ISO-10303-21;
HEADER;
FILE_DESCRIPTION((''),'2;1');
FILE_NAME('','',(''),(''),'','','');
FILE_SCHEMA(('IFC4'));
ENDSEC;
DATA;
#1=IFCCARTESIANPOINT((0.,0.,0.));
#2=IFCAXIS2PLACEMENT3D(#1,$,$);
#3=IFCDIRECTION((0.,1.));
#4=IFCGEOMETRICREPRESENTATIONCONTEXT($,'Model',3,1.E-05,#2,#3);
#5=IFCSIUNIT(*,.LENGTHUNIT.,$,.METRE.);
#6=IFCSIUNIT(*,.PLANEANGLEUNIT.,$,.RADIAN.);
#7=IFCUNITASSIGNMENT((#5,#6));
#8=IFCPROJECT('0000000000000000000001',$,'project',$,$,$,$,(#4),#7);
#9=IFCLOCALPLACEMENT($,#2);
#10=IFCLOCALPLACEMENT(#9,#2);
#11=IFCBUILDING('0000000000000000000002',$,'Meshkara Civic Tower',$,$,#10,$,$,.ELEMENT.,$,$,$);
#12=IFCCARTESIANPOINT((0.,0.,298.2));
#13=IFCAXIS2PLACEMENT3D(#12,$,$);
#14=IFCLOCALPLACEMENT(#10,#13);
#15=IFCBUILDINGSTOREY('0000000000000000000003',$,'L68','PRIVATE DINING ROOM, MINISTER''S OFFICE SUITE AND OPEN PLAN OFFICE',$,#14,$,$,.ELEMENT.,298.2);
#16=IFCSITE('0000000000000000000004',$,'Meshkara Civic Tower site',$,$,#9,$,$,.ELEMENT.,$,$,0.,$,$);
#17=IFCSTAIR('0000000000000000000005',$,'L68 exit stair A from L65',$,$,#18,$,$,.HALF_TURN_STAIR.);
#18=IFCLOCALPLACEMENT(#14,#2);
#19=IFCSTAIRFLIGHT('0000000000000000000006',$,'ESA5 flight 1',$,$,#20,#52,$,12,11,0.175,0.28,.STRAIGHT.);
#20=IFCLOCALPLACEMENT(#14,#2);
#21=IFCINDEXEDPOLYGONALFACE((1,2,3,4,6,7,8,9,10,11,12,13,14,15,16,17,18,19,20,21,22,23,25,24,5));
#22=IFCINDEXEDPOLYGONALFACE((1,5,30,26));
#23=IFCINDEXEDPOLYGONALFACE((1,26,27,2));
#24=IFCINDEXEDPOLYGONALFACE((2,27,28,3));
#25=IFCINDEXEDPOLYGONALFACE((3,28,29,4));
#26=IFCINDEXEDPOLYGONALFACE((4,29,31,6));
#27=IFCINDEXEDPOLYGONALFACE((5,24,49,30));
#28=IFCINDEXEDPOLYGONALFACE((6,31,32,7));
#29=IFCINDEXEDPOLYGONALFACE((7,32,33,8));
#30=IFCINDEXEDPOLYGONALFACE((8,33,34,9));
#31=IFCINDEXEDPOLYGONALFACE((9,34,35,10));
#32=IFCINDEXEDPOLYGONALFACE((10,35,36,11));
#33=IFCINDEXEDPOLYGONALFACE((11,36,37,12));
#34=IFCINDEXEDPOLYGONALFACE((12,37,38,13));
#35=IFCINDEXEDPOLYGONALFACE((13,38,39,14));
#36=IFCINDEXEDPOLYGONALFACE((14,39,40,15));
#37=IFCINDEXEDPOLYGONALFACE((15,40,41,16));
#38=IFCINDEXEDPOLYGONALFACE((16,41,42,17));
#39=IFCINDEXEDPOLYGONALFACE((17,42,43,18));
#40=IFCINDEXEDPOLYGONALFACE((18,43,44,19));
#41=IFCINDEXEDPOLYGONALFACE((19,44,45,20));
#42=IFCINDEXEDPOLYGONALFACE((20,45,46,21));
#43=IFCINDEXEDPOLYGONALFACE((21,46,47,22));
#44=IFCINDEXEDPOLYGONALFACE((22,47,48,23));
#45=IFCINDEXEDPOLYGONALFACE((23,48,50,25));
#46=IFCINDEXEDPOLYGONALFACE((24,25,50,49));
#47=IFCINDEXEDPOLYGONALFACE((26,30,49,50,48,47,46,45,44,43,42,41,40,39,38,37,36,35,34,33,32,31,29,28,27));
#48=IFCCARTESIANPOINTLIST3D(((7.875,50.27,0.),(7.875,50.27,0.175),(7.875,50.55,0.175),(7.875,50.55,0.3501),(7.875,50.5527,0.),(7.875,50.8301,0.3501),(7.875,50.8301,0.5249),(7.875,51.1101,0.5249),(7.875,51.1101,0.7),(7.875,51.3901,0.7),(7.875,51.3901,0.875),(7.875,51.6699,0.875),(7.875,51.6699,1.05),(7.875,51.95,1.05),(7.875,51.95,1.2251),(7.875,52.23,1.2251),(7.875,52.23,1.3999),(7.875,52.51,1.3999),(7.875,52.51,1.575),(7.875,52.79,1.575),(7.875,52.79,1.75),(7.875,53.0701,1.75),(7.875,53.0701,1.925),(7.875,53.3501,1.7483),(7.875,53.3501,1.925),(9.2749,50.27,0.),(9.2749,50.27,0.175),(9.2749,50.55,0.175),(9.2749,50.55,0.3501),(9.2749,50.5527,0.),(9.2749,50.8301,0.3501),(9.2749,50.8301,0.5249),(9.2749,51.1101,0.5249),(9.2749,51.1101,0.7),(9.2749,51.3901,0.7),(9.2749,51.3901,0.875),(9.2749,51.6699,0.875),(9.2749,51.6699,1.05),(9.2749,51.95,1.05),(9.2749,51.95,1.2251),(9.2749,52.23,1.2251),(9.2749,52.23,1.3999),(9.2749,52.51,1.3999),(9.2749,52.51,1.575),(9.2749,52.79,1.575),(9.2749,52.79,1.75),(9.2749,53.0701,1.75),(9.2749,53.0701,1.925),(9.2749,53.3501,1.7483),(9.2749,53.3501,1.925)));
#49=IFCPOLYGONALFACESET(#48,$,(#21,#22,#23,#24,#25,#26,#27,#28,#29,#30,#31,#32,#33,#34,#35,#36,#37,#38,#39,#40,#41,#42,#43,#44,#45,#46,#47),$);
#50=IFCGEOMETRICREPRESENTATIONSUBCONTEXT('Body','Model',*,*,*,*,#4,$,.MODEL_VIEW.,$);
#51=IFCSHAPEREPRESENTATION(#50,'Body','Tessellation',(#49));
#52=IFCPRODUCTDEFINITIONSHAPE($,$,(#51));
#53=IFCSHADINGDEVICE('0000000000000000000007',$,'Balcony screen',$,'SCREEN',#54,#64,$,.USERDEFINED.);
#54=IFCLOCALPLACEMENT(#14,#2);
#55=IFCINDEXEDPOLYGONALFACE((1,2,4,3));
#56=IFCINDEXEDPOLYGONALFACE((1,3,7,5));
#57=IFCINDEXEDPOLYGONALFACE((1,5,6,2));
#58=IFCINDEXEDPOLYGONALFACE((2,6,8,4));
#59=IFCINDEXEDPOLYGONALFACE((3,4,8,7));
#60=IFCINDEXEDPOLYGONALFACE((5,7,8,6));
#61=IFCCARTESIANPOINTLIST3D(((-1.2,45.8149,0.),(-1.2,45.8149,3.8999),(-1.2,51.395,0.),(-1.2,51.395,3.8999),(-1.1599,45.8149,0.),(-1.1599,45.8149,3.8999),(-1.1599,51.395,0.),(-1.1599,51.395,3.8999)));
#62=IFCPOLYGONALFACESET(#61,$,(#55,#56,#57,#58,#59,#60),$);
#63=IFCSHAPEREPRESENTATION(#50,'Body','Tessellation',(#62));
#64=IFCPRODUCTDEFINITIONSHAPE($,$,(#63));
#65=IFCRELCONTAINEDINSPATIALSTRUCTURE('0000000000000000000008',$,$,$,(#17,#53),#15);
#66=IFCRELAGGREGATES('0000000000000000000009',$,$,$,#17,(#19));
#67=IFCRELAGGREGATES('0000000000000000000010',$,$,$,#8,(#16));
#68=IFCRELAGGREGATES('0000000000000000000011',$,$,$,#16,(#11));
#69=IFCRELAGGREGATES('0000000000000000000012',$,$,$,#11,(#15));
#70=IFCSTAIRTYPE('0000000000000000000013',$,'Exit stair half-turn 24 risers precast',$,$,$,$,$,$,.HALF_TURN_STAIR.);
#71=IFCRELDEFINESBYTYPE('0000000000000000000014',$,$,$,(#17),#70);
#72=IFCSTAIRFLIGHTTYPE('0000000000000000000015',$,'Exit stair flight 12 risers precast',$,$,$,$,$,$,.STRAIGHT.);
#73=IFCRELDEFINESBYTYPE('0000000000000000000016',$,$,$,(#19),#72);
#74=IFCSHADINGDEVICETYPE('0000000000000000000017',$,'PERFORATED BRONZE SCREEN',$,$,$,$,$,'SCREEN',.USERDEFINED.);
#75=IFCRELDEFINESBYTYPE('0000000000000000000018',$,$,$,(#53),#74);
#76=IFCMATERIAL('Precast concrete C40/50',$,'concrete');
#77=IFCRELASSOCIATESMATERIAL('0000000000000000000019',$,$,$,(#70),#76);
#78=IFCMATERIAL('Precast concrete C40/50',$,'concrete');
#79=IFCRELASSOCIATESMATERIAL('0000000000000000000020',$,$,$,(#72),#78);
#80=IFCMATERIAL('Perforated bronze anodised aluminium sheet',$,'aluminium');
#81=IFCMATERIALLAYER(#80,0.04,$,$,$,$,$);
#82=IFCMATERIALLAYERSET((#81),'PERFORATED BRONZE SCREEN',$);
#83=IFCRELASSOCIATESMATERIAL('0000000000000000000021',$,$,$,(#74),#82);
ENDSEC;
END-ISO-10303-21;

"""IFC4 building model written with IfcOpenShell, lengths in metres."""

from ifc_helpers import new_model, si_unit, direction, frame, origin, origin_2d, place, context, subcontext, project, spatial, polyline, rectangle, outline, extrude, material, layer, layer_set, type_object, element, aggregate, save


model = new_model("IFC4")

# Units and contexts
model_context = context("Model", 3, precision=1e-05, world=origin(), true_north=direction((0.0, 1.0)))
body_context = subcontext(model_context, "Body", "Model", "MODEL_VIEW")
ifc_project = project(units=[si_unit("LENGTHUNIT", "METRE"), si_unit("PLANEANGLEUNIT", "RADIAN")], contexts=[model_context])

# Site, building, storey
site_placement = place(None, origin())
site = spatial("IfcSite", under=ifc_project, at=site_placement, Name="Meshkara Civic Tower site", CompositionType="ELEMENT", RefElevation=0.0)
building_placement = place(site_placement, origin())
building = spatial("IfcBuilding", under=site, at=building_placement, Name="Meshkara Civic Tower", CompositionType="ELEMENT")
storey_placement = place(building_placement, frame((0.0, 0.0, 298.2)))
storey = spatial("IfcBuildingStorey", under=building, at=storey_placement, Name="L68", Description="PRIVATE DINING ROOM, MINISTER'S OFFICE SUITE AND OPEN PLAN OFFICE", CompositionType="ELEMENT", Elevation=298.2)

# Stair, stair flight
ifc_material_1 = material(Name="Precast concrete C40/50", Category="concrete")
stair_type = type_object("IfcStairType", Name="Exit stair half-turn 24 risers precast", PredefinedType="HALF_TURN_STAIR", material=ifc_material_1)
stair_placement = place(storey_placement, origin())
stair = element("IfcStair", 1, at=stair_placement, inside=storey, type_object=stair_type, Name="L68 exit stair A from L65", PredefinedType="HALF_TURN_STAIR")
ifc_material_2 = material(Name="Precast concrete C40/50", Category="concrete")
stair_flight_type = type_object("IfcStairFlightType", Name="Exit stair flight 12 risers precast", PredefinedType="STRAIGHT", material=ifc_material_2)
stair_flight_placement = place(storey_placement, frame((8.575, 50.27, 0.0), z_axis=(0.0, 0.0, 1.0), x_axis=(0.0, 1.0, 0.0)))
stair_flight = element("IfcStairFlight", 2, at=stair_flight_placement, type_object=stair_flight_type, Name="ESA5 flight 1", NumberOfRisers=12, NumberOfTreads=11, PredefinedType="STRAIGHT", RiserHeight=0.175, TreadLength=0.28, context=body_context, shape_type="SweptSolid", body=[
    extrude(outline(polyline([(0.0, 0.0), (0.0, 0.175), (0.28, 0.175), (0.28, 0.3501), (0.5601, 0.3501), (0.5601, 0.5249), (0.8401, 0.5249), (0.8401, 0.7), (1.1201, 0.7), (1.1201, 0.875), (1.3999, 0.875), (1.3999, 1.05), (1.6799, 1.05), (1.6799, 1.2251), (1.96, 1.2251), (1.96, 1.3999), (2.24, 1.3999), (2.24, 1.575), (2.52, 1.575), (2.52, 1.75), (2.8, 1.75), (2.8, 1.925), (3.0801, 1.925), (3.0801, 2.1001), (3.0801, 1.7483), (0.2827, 0.0), (0.0, 0.0)])), frame((0.0, 0.7, 0.0), z_axis=(0.0, -1.0, 0.0), x_axis=(1.0, 0.0, 0.0)), (0.0, 0.0, 1.0), 1.3999),
])
aggregate(stair, [stair_flight])

# Shading device
ifc_material_3 = material(Name="Perforated bronze anodised aluminium sheet", Category="aluminium")
ifc_layer_1 = layer(ifc_material_3, 0.04)
ifc_layer_set_1 = layer_set([ifc_layer_1], Name="PERFORATED BRONZE SCREEN")
shading_device_type = type_object("IfcShadingDeviceType", Name="PERFORATED BRONZE SCREEN", ElementType="SCREEN", PredefinedType="USERDEFINED", material=ifc_layer_set_1)
shading_device_placement = place(storey_placement, frame((-1.1799, 48.605, 0.0), z_axis=(0.0, 0.0, 1.0), x_axis=(0.0, -1.0, 0.0)))
element("IfcShadingDevice", 3, at=shading_device_placement, inside=storey, type_object=shading_device_type, Name="Balcony screen", ObjectType="SCREEN", PredefinedType="USERDEFINED", context=body_context, shape_type="SweptSolid", body=[
    extrude(rectangle(XDim=5.5801, YDim=0.04, at=origin_2d()), origin(), (0.0, 0.0, 1.0), 3.8999),
])

save(model, "model.ifc")
